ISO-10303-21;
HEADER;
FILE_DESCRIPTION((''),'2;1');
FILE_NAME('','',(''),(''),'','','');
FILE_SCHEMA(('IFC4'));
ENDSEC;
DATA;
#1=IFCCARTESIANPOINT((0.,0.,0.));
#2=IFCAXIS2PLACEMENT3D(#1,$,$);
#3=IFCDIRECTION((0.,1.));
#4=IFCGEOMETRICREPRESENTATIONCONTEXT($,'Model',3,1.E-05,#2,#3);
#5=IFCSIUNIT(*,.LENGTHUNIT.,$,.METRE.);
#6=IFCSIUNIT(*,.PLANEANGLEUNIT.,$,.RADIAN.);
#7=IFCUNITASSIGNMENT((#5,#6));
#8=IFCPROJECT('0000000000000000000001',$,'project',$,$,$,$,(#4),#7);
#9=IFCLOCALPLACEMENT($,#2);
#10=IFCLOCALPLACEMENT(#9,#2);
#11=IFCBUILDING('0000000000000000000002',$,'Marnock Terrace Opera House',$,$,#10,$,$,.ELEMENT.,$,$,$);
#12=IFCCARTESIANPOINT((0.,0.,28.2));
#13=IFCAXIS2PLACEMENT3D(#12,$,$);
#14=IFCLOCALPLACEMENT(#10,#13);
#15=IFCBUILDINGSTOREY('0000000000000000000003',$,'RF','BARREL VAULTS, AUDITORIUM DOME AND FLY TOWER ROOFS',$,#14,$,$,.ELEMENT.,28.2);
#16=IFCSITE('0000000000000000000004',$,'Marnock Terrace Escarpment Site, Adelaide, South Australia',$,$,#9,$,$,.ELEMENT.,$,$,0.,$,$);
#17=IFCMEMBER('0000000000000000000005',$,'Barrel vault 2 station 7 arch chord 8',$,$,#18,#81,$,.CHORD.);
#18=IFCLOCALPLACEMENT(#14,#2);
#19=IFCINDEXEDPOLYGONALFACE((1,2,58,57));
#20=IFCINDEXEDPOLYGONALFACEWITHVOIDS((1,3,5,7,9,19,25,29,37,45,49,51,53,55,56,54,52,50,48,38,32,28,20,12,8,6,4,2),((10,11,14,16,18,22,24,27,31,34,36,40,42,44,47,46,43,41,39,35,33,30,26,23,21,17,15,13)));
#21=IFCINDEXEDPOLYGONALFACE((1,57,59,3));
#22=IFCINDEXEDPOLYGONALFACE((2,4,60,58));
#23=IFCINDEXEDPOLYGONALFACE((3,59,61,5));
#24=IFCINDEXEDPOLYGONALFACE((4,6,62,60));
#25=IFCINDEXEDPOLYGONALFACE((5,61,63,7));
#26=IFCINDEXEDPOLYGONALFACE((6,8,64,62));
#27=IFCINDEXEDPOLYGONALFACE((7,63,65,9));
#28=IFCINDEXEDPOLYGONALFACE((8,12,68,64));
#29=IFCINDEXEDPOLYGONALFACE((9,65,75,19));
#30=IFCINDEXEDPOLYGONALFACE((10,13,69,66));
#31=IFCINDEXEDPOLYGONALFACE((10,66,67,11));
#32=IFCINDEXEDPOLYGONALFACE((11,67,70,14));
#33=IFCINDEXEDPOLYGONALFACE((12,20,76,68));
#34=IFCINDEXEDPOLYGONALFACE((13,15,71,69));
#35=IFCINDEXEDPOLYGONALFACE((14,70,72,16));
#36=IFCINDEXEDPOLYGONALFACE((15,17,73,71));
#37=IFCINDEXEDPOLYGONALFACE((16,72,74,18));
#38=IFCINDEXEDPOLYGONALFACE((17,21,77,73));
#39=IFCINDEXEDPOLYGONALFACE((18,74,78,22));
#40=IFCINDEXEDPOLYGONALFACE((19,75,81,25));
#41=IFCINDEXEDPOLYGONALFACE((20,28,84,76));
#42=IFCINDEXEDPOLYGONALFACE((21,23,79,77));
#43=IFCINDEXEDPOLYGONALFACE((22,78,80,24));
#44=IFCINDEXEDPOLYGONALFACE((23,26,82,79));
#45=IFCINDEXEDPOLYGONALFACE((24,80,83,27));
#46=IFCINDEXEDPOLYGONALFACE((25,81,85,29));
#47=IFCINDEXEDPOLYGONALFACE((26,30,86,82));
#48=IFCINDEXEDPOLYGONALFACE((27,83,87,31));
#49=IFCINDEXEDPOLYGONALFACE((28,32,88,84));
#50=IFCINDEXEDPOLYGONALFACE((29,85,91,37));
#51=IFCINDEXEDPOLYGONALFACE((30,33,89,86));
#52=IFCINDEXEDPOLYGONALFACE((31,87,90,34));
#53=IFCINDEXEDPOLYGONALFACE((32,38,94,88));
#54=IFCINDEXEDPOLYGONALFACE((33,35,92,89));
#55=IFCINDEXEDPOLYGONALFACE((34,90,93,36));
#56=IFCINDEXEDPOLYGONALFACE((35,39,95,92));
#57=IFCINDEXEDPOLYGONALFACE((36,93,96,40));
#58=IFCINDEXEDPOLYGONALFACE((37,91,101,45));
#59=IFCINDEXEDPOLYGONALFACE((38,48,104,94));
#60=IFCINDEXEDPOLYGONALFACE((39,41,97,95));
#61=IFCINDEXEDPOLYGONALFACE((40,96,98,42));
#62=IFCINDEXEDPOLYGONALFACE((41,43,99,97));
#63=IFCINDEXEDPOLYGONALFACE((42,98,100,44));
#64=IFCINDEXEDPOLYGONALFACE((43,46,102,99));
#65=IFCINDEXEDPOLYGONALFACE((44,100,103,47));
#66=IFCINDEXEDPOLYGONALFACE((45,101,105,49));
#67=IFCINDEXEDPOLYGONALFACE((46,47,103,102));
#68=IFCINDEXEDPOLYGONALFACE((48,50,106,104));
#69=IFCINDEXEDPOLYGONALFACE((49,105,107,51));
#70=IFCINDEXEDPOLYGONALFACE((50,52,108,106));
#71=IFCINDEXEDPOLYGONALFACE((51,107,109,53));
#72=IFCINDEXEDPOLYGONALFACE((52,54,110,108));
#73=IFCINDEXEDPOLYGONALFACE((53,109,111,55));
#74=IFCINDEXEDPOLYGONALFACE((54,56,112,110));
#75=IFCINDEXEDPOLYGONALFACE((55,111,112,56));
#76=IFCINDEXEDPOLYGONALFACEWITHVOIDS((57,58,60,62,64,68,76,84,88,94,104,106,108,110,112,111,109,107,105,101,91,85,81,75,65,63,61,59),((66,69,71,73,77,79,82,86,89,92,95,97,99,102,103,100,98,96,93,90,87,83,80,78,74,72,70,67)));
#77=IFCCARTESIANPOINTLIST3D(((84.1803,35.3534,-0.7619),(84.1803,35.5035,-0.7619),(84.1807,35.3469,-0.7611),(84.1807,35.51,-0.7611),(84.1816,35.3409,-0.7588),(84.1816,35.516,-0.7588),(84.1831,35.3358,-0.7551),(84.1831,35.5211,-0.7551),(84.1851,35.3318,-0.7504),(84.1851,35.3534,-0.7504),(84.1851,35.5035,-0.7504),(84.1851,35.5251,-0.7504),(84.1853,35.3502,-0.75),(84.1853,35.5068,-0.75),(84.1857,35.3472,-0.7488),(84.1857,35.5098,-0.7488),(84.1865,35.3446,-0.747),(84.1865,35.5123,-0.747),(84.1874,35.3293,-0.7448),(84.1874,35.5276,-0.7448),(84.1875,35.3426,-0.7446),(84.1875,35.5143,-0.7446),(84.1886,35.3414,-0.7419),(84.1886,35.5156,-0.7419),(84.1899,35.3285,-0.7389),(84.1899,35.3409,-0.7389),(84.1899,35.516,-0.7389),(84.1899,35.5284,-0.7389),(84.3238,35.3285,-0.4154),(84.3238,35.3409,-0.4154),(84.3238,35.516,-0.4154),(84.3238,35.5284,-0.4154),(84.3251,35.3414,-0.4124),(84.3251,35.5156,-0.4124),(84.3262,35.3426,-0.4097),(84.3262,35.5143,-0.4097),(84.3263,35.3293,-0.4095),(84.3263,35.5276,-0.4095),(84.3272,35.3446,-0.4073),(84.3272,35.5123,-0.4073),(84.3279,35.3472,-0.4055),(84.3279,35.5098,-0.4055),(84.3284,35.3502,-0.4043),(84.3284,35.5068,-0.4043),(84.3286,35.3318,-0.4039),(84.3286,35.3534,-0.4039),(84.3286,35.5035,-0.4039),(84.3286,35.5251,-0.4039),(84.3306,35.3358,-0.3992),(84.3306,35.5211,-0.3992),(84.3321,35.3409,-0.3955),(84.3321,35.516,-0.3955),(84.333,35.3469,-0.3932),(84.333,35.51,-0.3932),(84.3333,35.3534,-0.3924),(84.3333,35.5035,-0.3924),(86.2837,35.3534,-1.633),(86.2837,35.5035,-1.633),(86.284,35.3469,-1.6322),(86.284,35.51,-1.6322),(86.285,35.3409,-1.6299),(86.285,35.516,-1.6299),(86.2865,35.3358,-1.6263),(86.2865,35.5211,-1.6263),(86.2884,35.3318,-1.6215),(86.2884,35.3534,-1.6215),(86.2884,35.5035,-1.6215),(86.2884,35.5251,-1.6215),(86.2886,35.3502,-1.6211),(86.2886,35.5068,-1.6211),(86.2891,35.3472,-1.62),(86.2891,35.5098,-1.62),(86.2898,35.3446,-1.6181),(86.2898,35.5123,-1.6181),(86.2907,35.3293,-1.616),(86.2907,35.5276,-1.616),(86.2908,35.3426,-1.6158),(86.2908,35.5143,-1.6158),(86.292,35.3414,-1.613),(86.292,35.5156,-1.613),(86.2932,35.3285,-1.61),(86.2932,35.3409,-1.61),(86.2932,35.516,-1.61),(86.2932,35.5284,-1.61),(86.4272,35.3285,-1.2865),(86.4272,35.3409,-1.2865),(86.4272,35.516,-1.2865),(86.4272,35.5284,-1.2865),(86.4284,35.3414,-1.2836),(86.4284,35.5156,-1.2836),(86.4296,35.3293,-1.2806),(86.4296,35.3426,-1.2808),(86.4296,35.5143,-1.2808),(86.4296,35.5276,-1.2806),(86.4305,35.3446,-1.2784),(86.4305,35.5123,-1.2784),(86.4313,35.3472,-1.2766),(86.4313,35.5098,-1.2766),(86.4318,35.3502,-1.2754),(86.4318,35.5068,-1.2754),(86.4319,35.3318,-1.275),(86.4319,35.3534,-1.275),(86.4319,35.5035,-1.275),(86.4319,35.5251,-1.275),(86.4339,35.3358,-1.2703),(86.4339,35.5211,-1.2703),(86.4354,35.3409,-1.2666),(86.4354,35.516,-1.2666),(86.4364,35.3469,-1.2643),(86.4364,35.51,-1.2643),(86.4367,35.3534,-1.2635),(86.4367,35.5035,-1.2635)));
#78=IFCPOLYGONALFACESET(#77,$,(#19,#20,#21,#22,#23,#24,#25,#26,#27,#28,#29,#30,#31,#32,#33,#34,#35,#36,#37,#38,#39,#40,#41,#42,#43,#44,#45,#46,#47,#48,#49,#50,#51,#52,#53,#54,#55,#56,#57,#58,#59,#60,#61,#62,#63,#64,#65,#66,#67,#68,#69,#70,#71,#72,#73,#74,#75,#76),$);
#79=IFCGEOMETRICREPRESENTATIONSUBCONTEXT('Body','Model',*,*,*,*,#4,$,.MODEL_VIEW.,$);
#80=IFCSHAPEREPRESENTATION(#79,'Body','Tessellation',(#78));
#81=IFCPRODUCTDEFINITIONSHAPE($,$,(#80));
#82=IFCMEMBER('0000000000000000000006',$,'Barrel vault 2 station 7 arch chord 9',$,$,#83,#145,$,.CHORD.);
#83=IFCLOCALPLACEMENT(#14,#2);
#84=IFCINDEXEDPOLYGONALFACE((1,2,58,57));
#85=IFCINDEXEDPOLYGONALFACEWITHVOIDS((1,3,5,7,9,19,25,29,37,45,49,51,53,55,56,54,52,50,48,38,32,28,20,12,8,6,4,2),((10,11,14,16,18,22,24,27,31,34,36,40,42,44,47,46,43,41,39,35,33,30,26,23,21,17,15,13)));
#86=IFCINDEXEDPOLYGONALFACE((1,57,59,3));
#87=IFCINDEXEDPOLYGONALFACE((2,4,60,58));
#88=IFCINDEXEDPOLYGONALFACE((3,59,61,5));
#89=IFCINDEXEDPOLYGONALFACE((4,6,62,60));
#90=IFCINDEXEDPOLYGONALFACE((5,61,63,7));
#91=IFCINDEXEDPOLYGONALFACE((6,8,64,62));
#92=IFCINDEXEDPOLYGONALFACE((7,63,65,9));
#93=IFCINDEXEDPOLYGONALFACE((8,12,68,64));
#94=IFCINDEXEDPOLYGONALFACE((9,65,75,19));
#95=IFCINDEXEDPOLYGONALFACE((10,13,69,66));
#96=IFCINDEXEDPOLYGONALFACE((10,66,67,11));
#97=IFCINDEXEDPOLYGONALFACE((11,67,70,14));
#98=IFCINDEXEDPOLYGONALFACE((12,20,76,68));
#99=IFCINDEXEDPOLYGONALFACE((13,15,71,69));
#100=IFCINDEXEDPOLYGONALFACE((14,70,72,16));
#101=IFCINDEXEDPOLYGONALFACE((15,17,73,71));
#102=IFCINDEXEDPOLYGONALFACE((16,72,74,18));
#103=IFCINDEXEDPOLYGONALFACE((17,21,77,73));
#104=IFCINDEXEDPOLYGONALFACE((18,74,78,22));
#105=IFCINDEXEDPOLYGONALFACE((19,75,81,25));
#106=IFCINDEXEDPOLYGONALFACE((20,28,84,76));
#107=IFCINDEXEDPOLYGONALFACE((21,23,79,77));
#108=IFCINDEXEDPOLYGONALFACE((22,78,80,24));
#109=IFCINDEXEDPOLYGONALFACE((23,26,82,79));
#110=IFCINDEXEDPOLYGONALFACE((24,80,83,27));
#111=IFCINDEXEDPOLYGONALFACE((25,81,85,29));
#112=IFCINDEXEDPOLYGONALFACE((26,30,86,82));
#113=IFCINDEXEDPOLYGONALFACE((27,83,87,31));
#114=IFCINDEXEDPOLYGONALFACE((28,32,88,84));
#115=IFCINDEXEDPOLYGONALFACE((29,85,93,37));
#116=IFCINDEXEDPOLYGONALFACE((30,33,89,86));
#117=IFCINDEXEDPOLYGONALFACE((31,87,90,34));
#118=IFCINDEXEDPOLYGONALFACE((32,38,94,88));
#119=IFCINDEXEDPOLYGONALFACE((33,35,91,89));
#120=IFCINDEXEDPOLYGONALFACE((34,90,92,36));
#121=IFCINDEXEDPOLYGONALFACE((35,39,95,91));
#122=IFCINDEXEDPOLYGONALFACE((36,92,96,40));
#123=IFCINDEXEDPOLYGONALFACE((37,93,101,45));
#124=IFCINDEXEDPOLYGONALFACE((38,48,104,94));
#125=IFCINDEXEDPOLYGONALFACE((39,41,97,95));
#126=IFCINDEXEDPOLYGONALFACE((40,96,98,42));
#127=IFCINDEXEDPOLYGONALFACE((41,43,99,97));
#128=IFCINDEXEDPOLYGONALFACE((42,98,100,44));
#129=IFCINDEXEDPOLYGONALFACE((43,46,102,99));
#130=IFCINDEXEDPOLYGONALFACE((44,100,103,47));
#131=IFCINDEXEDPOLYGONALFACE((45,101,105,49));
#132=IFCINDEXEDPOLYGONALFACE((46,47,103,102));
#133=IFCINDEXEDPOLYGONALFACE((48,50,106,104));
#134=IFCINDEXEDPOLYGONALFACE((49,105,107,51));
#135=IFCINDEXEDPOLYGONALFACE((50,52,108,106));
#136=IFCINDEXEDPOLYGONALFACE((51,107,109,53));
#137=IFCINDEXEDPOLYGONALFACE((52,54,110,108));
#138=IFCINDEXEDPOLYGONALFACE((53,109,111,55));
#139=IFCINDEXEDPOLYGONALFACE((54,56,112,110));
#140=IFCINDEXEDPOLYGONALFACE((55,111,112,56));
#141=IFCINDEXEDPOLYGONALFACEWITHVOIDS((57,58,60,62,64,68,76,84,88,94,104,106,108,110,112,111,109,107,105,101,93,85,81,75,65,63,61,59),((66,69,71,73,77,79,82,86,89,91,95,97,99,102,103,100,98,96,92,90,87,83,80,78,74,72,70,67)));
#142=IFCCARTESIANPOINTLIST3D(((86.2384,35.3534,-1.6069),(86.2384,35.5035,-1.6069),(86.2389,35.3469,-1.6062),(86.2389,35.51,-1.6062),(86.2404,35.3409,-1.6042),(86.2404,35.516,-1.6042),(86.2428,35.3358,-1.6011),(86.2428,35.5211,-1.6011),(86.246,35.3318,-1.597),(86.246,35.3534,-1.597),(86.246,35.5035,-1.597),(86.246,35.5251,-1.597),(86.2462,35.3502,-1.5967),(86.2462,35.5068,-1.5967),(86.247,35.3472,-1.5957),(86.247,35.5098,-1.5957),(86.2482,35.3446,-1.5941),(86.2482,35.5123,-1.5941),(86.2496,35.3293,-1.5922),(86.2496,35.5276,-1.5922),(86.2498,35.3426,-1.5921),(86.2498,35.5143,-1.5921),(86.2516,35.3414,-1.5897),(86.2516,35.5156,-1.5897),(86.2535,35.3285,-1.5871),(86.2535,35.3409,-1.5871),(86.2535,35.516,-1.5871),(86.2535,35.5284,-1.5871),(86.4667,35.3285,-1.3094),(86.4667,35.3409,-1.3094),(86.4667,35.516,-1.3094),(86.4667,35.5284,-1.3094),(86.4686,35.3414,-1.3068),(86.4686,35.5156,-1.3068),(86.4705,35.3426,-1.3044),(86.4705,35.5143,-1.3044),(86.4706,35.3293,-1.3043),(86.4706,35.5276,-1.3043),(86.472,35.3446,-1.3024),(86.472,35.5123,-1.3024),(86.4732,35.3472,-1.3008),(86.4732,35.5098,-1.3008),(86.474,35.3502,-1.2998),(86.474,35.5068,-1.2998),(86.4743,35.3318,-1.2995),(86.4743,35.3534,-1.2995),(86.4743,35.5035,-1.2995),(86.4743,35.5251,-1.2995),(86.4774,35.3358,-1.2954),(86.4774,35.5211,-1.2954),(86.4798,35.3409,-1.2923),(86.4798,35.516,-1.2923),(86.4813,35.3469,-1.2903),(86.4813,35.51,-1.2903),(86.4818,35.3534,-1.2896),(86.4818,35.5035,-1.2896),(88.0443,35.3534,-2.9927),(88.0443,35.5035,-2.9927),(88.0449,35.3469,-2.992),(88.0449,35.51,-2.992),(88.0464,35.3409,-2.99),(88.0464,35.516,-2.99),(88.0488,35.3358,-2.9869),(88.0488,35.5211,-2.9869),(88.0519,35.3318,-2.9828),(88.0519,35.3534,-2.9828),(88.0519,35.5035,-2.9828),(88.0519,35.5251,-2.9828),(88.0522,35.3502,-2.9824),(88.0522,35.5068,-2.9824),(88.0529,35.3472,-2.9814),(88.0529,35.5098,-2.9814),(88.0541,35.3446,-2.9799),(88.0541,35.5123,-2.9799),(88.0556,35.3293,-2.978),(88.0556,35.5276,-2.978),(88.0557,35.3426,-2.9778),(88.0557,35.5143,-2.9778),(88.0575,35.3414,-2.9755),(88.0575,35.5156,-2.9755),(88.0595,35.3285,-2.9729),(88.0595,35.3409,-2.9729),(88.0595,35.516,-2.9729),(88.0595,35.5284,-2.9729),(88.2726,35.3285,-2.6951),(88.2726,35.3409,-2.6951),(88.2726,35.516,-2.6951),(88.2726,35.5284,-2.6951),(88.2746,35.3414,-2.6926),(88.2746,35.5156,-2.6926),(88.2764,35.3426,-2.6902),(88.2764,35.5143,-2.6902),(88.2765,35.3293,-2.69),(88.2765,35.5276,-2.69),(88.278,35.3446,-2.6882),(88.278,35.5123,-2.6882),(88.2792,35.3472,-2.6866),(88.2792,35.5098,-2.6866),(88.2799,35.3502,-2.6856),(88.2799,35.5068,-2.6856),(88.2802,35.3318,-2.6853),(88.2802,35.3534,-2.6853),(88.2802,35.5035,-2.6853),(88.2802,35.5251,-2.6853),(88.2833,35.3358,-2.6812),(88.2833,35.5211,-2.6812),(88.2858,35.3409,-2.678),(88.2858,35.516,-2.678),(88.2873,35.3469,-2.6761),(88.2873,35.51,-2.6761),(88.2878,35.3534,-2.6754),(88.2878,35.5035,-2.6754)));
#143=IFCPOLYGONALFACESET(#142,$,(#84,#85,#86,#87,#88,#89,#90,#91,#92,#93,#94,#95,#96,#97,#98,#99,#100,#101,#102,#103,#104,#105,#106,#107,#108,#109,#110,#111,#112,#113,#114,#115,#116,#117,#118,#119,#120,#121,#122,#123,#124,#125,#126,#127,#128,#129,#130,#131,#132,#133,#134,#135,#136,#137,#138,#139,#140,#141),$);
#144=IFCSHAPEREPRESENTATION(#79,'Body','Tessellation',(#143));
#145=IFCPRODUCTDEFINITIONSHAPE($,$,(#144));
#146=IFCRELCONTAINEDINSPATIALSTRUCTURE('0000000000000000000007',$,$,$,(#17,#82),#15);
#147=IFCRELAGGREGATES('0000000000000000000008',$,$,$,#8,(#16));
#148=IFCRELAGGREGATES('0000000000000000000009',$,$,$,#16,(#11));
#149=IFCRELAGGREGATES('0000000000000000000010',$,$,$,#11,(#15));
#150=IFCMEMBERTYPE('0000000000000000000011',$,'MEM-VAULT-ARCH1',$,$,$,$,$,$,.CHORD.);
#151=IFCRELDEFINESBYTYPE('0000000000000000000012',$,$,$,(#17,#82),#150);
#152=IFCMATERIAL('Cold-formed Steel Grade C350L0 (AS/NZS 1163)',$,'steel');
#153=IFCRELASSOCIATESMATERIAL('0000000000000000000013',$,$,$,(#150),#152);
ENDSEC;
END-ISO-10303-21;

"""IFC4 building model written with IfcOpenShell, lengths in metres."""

from ifc_helpers import new_model, si_unit, direction, frame, origin, origin_2d, place, context, subcontext, project, spatial, hollow_rectangle, extrude, material, material_profile, profile_set, type_object, element, save


model = new_model("IFC4")

# Units and contexts
model_context = context("Model", 3, precision=1e-05, world=origin(), true_north=direction((0.0, 1.0)))
body_context = subcontext(model_context, "Body", "Model", "MODEL_VIEW")
ifc_project = project(units=[si_unit("LENGTHUNIT", "METRE"), si_unit("PLANEANGLEUNIT", "RADIAN")], contexts=[model_context])

# Site, building, storey
site_placement = place(None, origin())
site = spatial("IfcSite", under=ifc_project, at=site_placement, Name="Marnock Terrace Escarpment Site, Adelaide, South Australia", CompositionType="ELEMENT", RefElevation=0.0)
building_placement = place(site_placement, origin())
building = spatial("IfcBuilding", under=site, at=building_placement, Name="Marnock Terrace Opera House", CompositionType="ELEMENT")
storey_placement = place(building_placement, frame((0.0, 0.0, 28.2)))
storey = spatial("IfcBuildingStorey", under=building, at=storey_placement, Name="RF", Description="BARREL VAULTS, AUDITORIUM DOME AND FLY TOWER ROOFS", CompositionType="ELEMENT", Elevation=28.2)

# Members
ifc_material = material(Name="Cold-formed Steel Grade C350L0 (AS/NZS 1163)", Category="steel")
ifc_material_profile_1 = material_profile(ifc_material, hollow_rectangle(XDim=0.2, YDim=0.3999, WallThickness=0.0125, InnerFilletRadius=0.0125, OuterFilletRadius=0.0249, at=origin_2d()))
ifc_profile_set_1 = profile_set([ifc_material_profile_1], Name="Cold-formed Steel Grade C350L0 (AS/NZS 1163)")
member_type_1 = type_object("IfcMemberType", Name="MEM-VAULT-ARCH1", PredefinedType="CHORD", material=ifc_profile_set_1)
member_1_placement = place(storey_placement, frame((84.2568, 35.4285, -0.5771), z_axis=(0.923897, 0.0, -0.382642), x_axis=(0.0, 1.0, 0.0)))
element("IfcMember", 1, at=member_1_placement, inside=storey, type_object=member_type_1, Name="Barrel vault 2 station 7 arch chord 8", PredefinedType="CHORD", context=body_context, shape_type="SweptSolid", body=[
    extrude(hollow_rectangle(XDim=0.2, YDim=0.3999, WallThickness=0.0125, InnerFilletRadius=0.0125, OuterFilletRadius=0.0249, at=origin_2d()), origin(), (0.0, 0.0, 1.0), 2.2766),
])
for number, where, z_axis, x_axis, name in (
    (2, (86.3601, 35.4285, -1.4482), (0.793349, 0.0, -0.608767), (0.0, 1.0, 0.0), "Barrel vault 2 station 7 arch chord 9"),
):
    element("IfcMember", number, at=place(storey_placement, frame(where, z_axis=z_axis, x_axis=x_axis)), inside=storey, type_object=member_type_1, Name=name, PredefinedType="CHORD", context=body_context, shape_type="SweptSolid", body=[
        extrude(hollow_rectangle(XDim=0.2, YDim=0.3999, WallThickness=0.0125, InnerFilletRadius=0.0125, OuterFilletRadius=0.0249, at=origin_2d()), origin(), (0.0, 0.0, 1.0), 2.2764),
    ])

save(model, "model.ifc")
